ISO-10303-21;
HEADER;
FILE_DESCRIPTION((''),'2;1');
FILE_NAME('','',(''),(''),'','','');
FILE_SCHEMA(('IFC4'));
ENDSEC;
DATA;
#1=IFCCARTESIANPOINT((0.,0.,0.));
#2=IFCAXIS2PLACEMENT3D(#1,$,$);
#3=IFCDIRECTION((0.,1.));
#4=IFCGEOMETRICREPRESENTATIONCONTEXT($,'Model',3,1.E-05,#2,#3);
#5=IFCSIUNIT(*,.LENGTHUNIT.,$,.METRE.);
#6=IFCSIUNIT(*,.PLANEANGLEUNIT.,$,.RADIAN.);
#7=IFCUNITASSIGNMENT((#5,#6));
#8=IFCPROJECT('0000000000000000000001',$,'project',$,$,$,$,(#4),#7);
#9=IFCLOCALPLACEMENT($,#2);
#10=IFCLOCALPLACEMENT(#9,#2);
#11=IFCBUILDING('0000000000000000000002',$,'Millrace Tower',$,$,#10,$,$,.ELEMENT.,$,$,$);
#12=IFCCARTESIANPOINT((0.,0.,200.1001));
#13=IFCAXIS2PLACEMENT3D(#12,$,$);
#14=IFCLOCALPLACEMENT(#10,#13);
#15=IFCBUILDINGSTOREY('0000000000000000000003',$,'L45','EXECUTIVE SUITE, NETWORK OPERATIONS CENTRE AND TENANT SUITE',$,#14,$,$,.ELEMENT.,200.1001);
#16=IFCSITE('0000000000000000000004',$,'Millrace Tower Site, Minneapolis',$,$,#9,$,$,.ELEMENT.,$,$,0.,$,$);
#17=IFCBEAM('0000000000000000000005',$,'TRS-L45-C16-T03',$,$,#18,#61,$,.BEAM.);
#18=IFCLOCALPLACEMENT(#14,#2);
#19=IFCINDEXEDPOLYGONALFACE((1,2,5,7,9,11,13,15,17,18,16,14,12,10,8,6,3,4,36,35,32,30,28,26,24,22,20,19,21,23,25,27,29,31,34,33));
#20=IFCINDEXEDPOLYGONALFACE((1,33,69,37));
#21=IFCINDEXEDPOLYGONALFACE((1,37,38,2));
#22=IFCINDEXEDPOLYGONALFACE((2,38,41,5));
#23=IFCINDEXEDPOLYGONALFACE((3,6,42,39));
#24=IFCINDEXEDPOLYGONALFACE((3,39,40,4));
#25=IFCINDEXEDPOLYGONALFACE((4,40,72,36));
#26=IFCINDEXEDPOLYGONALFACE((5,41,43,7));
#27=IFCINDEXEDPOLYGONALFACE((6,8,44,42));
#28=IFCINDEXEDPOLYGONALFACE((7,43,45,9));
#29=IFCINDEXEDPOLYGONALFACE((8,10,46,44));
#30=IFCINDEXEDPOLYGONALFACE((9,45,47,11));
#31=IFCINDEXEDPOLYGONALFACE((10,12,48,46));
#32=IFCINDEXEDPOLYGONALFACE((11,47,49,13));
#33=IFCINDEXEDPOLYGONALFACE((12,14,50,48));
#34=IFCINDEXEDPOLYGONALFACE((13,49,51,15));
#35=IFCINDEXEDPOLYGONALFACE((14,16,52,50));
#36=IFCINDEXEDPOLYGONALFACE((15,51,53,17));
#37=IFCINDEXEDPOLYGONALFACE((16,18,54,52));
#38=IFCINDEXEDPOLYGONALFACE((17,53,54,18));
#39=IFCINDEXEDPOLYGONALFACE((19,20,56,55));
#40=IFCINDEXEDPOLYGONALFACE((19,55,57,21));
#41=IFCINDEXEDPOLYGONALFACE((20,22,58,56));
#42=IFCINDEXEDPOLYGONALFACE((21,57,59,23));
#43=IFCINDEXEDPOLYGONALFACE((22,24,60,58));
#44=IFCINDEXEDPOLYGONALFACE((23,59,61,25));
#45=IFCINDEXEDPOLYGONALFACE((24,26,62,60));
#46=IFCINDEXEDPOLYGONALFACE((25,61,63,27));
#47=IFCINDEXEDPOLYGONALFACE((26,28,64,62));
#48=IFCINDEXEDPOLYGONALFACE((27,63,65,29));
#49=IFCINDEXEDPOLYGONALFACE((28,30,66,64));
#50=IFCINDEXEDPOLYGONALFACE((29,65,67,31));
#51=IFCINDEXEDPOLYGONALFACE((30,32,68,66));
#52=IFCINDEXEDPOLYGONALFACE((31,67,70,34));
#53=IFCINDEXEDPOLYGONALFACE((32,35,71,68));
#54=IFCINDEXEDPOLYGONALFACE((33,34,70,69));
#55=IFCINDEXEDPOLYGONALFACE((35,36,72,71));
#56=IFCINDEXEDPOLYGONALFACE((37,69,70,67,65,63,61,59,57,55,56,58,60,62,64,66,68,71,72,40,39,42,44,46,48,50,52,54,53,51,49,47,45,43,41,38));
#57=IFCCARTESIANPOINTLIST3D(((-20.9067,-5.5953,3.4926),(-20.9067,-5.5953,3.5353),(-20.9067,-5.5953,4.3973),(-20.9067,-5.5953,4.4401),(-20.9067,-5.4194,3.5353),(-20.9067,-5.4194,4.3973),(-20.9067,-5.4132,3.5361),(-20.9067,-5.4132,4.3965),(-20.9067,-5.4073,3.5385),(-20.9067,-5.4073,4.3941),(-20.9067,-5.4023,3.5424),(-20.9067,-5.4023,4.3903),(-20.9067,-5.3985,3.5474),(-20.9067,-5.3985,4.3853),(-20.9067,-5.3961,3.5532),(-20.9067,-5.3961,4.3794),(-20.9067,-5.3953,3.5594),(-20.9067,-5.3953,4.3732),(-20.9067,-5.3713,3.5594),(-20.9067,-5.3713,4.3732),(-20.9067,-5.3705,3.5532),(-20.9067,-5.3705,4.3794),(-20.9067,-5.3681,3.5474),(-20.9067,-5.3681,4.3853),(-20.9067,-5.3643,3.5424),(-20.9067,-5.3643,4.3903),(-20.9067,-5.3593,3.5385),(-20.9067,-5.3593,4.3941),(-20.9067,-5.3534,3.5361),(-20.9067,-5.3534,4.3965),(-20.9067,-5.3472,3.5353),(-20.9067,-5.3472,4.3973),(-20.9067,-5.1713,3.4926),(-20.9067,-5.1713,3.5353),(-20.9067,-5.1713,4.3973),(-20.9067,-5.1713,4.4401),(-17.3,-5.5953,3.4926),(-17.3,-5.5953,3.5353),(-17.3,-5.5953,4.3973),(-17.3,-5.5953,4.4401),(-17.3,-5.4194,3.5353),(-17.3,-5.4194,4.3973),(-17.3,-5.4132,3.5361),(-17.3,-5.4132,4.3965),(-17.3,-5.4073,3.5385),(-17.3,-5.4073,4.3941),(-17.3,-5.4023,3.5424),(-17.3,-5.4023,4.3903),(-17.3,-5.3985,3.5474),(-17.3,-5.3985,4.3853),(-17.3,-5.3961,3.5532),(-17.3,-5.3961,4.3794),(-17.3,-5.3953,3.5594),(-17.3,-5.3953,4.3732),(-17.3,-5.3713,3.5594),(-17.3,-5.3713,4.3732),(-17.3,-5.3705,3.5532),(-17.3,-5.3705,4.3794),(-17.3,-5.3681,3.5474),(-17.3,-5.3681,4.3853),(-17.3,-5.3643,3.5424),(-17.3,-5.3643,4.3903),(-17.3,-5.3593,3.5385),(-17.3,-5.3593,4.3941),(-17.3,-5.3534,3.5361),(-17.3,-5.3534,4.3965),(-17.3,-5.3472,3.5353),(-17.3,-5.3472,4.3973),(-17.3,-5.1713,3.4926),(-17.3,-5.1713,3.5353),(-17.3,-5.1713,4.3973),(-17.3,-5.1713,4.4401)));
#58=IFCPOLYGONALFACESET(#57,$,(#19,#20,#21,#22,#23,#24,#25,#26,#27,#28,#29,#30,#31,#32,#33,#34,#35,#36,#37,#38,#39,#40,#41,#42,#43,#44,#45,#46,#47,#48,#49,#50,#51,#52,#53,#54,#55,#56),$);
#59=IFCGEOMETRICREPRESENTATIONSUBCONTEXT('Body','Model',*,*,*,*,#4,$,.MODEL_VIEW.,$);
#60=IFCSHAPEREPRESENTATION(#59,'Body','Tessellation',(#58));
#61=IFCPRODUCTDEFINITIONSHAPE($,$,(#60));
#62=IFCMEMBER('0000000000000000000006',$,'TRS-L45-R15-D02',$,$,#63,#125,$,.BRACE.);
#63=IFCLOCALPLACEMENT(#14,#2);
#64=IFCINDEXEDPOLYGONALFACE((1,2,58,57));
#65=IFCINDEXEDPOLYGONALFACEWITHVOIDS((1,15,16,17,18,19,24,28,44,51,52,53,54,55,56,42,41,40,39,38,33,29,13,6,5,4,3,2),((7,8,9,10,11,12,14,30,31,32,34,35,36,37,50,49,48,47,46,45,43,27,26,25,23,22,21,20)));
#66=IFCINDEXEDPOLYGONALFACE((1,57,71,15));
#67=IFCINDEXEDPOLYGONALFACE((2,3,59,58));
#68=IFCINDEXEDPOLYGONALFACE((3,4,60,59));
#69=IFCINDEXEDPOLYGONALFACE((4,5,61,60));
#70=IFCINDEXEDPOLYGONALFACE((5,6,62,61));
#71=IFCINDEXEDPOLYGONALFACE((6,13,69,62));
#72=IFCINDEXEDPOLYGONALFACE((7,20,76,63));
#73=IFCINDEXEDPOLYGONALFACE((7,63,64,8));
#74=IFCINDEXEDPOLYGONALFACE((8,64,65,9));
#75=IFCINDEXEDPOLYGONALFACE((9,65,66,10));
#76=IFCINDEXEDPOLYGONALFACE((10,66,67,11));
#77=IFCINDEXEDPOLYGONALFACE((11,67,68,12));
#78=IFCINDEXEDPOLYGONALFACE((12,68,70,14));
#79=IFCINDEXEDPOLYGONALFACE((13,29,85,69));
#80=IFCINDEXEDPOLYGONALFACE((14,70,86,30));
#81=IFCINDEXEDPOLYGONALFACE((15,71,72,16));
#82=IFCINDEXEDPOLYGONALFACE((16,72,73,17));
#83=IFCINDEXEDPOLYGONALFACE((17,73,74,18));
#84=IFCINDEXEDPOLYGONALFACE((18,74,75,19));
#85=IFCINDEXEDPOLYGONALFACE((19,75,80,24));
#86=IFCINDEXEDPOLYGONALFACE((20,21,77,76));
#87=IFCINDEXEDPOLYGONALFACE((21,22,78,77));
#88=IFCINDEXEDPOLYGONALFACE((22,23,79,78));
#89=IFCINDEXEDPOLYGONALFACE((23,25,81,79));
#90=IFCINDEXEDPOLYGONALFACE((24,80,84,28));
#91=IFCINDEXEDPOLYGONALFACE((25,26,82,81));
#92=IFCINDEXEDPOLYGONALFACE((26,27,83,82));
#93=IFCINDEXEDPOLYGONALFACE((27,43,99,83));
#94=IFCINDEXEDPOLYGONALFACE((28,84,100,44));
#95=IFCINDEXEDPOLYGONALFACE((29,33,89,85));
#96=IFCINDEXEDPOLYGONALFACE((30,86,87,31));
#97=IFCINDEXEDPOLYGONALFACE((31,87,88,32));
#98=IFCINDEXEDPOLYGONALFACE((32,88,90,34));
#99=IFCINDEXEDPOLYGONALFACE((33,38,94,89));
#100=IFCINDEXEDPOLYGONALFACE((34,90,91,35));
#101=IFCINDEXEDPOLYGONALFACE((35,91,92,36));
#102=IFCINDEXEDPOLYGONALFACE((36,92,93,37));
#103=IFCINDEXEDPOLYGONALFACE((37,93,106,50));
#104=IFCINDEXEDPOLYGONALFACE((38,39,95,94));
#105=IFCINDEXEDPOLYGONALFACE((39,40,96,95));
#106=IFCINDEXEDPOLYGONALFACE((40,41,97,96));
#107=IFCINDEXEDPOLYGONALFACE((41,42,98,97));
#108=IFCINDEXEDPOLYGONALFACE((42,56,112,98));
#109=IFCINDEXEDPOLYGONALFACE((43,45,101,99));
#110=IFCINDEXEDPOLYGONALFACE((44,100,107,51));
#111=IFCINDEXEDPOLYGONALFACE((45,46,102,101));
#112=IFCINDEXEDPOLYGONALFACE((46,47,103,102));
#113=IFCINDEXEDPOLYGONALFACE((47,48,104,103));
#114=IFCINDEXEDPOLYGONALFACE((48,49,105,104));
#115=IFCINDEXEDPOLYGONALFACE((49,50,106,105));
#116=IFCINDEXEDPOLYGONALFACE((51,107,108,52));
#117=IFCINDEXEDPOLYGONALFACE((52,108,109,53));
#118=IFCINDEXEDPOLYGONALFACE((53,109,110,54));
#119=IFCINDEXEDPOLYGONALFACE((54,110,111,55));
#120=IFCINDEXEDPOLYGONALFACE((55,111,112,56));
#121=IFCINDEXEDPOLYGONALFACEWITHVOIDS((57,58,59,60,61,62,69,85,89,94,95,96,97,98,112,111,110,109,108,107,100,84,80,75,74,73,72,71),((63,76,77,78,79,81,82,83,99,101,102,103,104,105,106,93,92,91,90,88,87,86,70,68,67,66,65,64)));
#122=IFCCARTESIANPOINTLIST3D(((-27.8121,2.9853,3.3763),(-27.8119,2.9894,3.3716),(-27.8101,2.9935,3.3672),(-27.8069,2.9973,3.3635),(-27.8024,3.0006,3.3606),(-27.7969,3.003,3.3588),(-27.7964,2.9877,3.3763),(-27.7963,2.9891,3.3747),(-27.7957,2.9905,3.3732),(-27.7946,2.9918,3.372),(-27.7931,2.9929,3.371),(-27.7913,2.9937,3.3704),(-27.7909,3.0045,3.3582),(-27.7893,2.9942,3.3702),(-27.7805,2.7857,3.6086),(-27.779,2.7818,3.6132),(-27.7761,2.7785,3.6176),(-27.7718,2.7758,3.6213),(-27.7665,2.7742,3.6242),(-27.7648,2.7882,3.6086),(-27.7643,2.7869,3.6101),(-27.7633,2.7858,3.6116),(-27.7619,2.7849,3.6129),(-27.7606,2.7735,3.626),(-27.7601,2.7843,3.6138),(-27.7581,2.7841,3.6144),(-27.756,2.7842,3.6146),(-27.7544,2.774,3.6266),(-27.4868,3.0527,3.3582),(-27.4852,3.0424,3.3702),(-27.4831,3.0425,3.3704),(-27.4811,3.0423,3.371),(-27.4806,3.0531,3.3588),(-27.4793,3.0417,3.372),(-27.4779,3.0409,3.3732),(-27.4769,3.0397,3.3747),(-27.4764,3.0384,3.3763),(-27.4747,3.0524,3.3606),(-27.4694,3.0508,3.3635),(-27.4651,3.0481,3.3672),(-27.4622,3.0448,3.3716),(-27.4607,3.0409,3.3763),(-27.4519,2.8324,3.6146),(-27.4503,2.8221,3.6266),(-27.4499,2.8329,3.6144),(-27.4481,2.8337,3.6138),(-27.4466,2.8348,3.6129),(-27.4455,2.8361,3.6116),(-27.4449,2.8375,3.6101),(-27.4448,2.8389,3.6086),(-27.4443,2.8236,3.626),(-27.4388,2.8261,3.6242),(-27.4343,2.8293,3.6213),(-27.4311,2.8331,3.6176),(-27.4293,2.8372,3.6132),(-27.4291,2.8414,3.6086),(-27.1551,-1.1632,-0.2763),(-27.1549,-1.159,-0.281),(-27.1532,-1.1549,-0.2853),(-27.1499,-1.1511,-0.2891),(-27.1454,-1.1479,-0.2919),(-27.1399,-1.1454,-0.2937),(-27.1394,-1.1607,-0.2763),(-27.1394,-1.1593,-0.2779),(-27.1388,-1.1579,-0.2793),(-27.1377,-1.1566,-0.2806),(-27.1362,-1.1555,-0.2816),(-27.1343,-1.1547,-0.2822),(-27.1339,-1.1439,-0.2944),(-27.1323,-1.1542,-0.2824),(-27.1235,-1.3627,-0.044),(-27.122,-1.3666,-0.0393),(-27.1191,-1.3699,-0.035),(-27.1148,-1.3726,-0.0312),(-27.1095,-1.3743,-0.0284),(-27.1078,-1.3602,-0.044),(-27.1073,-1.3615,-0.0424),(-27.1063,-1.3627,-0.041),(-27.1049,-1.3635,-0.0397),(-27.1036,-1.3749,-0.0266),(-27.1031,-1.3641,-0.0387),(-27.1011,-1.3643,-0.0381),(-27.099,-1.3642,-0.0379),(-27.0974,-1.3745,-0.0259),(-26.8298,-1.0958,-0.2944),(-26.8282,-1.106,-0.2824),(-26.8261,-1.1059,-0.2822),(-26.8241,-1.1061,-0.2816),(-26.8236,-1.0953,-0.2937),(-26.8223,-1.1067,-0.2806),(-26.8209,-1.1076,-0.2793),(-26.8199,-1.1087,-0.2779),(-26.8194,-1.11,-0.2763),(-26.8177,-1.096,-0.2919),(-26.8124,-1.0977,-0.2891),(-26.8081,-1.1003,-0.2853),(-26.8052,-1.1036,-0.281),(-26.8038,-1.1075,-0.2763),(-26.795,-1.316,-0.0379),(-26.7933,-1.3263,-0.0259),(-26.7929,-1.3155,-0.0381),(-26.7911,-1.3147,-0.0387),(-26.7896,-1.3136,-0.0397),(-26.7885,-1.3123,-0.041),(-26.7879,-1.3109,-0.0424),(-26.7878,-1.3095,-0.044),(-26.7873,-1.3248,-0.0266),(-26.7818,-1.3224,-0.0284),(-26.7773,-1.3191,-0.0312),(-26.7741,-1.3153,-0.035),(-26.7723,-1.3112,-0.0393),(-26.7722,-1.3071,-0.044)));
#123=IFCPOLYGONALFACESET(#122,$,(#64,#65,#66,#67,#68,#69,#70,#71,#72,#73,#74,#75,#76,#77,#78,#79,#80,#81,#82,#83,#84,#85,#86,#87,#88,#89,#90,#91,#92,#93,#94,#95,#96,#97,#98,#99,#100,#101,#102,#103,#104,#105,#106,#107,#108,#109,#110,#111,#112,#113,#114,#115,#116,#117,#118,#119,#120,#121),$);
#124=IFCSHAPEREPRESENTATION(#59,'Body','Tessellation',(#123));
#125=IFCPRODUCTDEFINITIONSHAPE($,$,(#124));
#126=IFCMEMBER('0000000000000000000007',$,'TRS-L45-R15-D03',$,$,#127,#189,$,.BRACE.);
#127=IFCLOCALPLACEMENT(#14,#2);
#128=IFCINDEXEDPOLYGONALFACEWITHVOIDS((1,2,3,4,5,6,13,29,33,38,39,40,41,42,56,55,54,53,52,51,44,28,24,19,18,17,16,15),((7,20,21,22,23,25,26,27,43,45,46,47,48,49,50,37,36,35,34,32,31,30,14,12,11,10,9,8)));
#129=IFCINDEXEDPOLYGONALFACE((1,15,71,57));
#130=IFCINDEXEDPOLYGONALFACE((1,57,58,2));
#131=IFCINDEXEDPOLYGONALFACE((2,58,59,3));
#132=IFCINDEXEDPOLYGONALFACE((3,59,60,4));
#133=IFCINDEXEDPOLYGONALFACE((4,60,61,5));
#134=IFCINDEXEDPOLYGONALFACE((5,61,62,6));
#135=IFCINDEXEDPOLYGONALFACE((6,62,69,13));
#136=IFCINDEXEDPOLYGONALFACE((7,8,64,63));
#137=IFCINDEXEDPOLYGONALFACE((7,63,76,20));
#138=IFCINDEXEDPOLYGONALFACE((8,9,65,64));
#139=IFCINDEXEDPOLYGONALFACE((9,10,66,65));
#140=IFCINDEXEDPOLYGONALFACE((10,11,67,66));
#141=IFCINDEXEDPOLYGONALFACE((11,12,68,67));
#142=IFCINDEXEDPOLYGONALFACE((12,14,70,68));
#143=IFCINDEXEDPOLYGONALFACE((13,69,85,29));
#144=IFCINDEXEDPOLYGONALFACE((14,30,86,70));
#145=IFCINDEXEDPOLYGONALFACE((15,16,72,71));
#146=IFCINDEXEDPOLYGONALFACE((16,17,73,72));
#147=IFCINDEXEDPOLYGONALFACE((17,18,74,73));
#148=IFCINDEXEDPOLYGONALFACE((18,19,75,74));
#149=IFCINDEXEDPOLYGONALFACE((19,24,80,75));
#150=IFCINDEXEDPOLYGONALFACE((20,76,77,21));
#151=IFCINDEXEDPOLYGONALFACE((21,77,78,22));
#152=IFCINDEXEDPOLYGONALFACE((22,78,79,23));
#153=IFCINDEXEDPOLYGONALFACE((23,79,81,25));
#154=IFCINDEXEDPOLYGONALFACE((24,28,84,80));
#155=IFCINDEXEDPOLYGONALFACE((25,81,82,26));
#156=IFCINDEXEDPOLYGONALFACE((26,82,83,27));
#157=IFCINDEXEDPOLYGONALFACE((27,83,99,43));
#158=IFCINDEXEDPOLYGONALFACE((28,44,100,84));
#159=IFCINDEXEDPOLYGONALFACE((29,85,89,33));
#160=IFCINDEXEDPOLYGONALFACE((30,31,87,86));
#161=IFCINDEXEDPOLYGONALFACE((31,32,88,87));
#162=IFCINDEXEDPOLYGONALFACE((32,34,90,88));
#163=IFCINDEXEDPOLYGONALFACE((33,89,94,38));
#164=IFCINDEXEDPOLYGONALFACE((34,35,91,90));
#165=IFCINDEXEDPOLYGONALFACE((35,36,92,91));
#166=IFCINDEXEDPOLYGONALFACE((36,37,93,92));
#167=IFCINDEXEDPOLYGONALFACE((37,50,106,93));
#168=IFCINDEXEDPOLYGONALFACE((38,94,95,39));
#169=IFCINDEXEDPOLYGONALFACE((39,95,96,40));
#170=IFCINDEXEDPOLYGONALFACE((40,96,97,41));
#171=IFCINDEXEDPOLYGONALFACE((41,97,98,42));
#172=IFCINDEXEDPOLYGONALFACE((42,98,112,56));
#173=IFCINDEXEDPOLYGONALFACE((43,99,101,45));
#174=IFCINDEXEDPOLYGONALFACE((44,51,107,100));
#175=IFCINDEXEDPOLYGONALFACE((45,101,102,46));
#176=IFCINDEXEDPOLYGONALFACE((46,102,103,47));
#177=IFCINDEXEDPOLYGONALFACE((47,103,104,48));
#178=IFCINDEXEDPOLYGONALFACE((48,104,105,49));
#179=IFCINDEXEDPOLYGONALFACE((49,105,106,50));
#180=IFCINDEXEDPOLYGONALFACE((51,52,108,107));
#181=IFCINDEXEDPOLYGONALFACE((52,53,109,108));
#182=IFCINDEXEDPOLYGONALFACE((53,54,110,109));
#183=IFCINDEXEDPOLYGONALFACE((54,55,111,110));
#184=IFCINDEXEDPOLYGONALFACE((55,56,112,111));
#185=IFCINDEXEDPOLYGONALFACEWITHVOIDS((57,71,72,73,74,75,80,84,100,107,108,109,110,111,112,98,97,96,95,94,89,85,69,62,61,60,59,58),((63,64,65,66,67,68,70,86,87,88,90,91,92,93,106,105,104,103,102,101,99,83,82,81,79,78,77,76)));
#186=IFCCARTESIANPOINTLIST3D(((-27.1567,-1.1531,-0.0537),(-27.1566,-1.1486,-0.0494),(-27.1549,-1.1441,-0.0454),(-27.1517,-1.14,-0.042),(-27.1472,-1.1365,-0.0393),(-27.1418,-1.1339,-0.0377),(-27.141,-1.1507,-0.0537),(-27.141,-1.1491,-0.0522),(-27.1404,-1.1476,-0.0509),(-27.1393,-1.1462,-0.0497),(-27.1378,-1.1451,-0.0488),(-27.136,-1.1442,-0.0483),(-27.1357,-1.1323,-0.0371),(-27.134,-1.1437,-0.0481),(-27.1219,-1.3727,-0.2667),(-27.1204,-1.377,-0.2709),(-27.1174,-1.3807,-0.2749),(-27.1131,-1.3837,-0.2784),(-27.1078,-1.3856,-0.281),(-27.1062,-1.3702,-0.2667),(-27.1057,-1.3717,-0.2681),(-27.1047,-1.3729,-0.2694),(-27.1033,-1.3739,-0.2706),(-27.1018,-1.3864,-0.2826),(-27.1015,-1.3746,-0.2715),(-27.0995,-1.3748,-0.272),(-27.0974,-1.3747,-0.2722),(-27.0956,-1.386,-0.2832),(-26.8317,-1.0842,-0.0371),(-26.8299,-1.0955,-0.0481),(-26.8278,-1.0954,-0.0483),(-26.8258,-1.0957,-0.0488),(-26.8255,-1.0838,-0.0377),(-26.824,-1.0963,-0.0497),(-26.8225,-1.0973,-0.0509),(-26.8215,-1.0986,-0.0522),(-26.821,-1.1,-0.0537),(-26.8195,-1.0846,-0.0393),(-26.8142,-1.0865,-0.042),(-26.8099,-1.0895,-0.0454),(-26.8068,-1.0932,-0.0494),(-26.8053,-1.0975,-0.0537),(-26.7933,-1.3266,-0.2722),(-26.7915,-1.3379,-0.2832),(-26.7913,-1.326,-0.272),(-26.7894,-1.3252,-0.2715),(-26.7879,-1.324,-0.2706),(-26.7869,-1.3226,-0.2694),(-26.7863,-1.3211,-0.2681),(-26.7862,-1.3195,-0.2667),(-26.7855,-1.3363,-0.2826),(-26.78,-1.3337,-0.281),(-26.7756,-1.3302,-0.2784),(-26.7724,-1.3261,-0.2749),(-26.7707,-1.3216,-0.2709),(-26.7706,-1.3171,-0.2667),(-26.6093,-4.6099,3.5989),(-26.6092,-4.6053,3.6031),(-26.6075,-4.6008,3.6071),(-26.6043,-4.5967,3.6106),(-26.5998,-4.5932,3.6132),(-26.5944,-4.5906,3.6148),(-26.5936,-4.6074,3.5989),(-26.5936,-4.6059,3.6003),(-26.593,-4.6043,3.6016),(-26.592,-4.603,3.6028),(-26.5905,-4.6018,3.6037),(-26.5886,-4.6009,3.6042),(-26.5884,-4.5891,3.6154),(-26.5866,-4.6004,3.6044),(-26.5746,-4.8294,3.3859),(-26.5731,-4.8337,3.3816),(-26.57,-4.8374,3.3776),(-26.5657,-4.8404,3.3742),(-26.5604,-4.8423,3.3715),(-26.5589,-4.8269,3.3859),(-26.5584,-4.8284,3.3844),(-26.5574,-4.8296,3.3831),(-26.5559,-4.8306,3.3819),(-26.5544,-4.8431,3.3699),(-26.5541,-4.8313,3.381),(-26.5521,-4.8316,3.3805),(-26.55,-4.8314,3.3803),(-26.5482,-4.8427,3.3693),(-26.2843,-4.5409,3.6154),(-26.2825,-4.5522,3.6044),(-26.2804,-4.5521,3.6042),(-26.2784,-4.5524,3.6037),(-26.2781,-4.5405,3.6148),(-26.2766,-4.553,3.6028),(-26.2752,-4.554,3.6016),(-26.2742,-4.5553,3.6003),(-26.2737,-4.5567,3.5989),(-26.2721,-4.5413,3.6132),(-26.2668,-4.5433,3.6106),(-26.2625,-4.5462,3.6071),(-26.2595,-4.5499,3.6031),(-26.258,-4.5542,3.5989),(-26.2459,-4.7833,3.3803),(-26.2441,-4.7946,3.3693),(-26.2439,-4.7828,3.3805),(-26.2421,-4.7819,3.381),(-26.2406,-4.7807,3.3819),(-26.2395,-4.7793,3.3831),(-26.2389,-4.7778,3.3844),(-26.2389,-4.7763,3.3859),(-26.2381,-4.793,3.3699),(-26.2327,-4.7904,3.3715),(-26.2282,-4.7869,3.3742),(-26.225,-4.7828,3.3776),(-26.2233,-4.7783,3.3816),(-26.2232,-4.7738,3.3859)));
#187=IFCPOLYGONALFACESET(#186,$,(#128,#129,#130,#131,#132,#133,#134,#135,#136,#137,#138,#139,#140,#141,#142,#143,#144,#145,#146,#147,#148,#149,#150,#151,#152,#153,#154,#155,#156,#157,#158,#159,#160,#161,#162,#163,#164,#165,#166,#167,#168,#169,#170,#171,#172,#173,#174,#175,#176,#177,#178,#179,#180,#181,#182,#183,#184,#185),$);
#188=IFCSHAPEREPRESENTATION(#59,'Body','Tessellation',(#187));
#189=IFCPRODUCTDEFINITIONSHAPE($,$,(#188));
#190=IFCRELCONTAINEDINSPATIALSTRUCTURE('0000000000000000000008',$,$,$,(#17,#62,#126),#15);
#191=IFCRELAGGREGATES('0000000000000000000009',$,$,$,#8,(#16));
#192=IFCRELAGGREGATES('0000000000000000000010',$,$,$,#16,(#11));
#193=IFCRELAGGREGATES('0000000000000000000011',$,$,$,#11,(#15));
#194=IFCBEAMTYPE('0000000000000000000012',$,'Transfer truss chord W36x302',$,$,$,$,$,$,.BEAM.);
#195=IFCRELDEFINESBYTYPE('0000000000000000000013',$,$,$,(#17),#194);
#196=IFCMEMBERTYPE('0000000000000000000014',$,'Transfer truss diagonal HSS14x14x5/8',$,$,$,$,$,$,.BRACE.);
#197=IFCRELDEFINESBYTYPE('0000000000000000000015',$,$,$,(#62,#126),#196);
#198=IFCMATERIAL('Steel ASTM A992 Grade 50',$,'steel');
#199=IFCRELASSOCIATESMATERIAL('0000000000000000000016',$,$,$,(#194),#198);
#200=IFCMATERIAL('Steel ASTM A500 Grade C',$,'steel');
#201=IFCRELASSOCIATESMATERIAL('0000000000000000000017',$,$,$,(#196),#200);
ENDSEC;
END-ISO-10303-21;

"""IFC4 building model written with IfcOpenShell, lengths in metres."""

from ifc_helpers import new_model, si_unit, direction, frame, origin, origin_2d, place, context, subcontext, project, spatial, hollow_rectangle, i_section, extrude, material, material_profile, profile_set, type_object, element, save


model = new_model("IFC4")

# Units and contexts
model_context = context("Model", 3, precision=1e-05, world=origin(), true_north=direction((0.0, 1.0)))
body_context = subcontext(model_context, "Body", "Model", "MODEL_VIEW")
ifc_project = project(units=[si_unit("LENGTHUNIT", "METRE"), si_unit("PLANEANGLEUNIT", "RADIAN")], contexts=[model_context])

# Site, building, storey
site_placement = place(None, origin())
site = spatial("IfcSite", under=ifc_project, at=site_placement, Name="Millrace Tower Site, Minneapolis", CompositionType="ELEMENT", RefElevation=0.0)
building_placement = place(site_placement, origin())
building = spatial("IfcBuilding", under=site, at=building_placement, Name="Millrace Tower", CompositionType="ELEMENT")
storey_placement = place(building_placement, frame((0.0, 0.0, 200.1001)))
storey = spatial("IfcBuildingStorey", under=building, at=storey_placement, Name="L45", Description="EXECUTIVE SUITE, NETWORK OPERATIONS CENTRE AND TENANT SUITE", CompositionType="ELEMENT", Elevation=200.1001)

# Beam
ifc_material_1 = material(Name="Steel ASTM A992 Grade 50", Category="steel")
ifc_material_profile_1 = material_profile(ifc_material_1, i_section(OverallWidth=0.4241, OverallDepth=0.9475, WebThickness=0.0239, FlangeThickness=0.0427, FilletRadius=0.0242, at=origin_2d()))
ifc_profile_set_1 = profile_set([ifc_material_profile_1], Name="Steel ASTM A992 Grade 50")
beam_type_1 = type_object("IfcBeamType", Name="Transfer truss chord W36x302", PredefinedType="BEAM", material=ifc_profile_set_1)
for number, where, z_axis, x_axis, name in (
    (1, (-20.9067, -5.3833, 3.9663), (1.0, 0.0, 0.0), (0.0, 1.0, 0.0), "TRS-L45-C16-T03"),
):
    element("IfcBeam", number, at=place(storey_placement, frame(where, z_axis=z_axis, x_axis=x_axis)), inside=storey, type_object=beam_type_1, Name=name, PredefinedType="BEAM", context=body_context, shape_type="SweptSolid", body=[
        extrude(i_section(OverallWidth=0.4241, OverallDepth=0.9475, WebThickness=0.0239, FlangeThickness=0.0427, FilletRadius=0.0242, at=origin_2d()), origin(), (0.0, 0.0, 1.0), 3.6067),
    ])

# Members
ifc_material_2 = material(Name="Steel ASTM A500 Grade C", Category="steel")
ifc_material_profile_2 = material_profile(ifc_material_2, hollow_rectangle(XDim=0.3557, YDim=0.3557, WallThickness=0.0159, InnerFilletRadius=0.0081, OuterFilletRadius=0.0239, at=origin_2d()))
ifc_profile_set_2 = profile_set([ifc_material_profile_2], Name="Steel ASTM A500 Grade C")
member_type_1 = type_object("IfcMemberType", Name="Transfer truss diagonal HSS14x14x5/8", PredefinedType="BRACE", material=ifc_profile_set_2)
member_1_placement = place(storey_placement, frame((-26.9636, -1.2351, -0.1602), z_axis=(-0.118031, 0.745291, 0.656209), x_axis=(-0.987691, -0.156419, 0.0)))
element("IfcMember", 2, at=member_1_placement, inside=storey, type_object=member_type_1, Name="TRS-L45-R15-D02", PredefinedType="BRACE", context=body_context, shape_type="SweptSolid", body=[
    extrude(hollow_rectangle(XDim=0.3557, YDim=0.3557, WallThickness=0.0159, InnerFilletRadius=0.0081, OuterFilletRadius=0.0239, at=origin_2d()), origin(), (0.0, 0.0, 1.0), 5.5662),
])
member_2_placement = place(storey_placement, frame((-26.9636, -1.2351, -0.1602), z_axis=(0.108202, -0.683336, 0.722042), x_axis=(0.987694, 0.156396, 0.0)))
element("IfcMember", 3, at=member_2_placement, inside=storey, type_object=member_type_1, Name="TRS-L45-R15-D03", PredefinedType="BRACE", context=body_context, shape_type="SweptSolid", body=[
    extrude(hollow_rectangle(XDim=0.3557, YDim=0.3557, WallThickness=0.0159, InnerFilletRadius=0.0081, OuterFilletRadius=0.0239, at=origin_2d()), origin(), (0.0, 0.0, 1.0), 5.0586),
])

save(model, "model.ifc")
